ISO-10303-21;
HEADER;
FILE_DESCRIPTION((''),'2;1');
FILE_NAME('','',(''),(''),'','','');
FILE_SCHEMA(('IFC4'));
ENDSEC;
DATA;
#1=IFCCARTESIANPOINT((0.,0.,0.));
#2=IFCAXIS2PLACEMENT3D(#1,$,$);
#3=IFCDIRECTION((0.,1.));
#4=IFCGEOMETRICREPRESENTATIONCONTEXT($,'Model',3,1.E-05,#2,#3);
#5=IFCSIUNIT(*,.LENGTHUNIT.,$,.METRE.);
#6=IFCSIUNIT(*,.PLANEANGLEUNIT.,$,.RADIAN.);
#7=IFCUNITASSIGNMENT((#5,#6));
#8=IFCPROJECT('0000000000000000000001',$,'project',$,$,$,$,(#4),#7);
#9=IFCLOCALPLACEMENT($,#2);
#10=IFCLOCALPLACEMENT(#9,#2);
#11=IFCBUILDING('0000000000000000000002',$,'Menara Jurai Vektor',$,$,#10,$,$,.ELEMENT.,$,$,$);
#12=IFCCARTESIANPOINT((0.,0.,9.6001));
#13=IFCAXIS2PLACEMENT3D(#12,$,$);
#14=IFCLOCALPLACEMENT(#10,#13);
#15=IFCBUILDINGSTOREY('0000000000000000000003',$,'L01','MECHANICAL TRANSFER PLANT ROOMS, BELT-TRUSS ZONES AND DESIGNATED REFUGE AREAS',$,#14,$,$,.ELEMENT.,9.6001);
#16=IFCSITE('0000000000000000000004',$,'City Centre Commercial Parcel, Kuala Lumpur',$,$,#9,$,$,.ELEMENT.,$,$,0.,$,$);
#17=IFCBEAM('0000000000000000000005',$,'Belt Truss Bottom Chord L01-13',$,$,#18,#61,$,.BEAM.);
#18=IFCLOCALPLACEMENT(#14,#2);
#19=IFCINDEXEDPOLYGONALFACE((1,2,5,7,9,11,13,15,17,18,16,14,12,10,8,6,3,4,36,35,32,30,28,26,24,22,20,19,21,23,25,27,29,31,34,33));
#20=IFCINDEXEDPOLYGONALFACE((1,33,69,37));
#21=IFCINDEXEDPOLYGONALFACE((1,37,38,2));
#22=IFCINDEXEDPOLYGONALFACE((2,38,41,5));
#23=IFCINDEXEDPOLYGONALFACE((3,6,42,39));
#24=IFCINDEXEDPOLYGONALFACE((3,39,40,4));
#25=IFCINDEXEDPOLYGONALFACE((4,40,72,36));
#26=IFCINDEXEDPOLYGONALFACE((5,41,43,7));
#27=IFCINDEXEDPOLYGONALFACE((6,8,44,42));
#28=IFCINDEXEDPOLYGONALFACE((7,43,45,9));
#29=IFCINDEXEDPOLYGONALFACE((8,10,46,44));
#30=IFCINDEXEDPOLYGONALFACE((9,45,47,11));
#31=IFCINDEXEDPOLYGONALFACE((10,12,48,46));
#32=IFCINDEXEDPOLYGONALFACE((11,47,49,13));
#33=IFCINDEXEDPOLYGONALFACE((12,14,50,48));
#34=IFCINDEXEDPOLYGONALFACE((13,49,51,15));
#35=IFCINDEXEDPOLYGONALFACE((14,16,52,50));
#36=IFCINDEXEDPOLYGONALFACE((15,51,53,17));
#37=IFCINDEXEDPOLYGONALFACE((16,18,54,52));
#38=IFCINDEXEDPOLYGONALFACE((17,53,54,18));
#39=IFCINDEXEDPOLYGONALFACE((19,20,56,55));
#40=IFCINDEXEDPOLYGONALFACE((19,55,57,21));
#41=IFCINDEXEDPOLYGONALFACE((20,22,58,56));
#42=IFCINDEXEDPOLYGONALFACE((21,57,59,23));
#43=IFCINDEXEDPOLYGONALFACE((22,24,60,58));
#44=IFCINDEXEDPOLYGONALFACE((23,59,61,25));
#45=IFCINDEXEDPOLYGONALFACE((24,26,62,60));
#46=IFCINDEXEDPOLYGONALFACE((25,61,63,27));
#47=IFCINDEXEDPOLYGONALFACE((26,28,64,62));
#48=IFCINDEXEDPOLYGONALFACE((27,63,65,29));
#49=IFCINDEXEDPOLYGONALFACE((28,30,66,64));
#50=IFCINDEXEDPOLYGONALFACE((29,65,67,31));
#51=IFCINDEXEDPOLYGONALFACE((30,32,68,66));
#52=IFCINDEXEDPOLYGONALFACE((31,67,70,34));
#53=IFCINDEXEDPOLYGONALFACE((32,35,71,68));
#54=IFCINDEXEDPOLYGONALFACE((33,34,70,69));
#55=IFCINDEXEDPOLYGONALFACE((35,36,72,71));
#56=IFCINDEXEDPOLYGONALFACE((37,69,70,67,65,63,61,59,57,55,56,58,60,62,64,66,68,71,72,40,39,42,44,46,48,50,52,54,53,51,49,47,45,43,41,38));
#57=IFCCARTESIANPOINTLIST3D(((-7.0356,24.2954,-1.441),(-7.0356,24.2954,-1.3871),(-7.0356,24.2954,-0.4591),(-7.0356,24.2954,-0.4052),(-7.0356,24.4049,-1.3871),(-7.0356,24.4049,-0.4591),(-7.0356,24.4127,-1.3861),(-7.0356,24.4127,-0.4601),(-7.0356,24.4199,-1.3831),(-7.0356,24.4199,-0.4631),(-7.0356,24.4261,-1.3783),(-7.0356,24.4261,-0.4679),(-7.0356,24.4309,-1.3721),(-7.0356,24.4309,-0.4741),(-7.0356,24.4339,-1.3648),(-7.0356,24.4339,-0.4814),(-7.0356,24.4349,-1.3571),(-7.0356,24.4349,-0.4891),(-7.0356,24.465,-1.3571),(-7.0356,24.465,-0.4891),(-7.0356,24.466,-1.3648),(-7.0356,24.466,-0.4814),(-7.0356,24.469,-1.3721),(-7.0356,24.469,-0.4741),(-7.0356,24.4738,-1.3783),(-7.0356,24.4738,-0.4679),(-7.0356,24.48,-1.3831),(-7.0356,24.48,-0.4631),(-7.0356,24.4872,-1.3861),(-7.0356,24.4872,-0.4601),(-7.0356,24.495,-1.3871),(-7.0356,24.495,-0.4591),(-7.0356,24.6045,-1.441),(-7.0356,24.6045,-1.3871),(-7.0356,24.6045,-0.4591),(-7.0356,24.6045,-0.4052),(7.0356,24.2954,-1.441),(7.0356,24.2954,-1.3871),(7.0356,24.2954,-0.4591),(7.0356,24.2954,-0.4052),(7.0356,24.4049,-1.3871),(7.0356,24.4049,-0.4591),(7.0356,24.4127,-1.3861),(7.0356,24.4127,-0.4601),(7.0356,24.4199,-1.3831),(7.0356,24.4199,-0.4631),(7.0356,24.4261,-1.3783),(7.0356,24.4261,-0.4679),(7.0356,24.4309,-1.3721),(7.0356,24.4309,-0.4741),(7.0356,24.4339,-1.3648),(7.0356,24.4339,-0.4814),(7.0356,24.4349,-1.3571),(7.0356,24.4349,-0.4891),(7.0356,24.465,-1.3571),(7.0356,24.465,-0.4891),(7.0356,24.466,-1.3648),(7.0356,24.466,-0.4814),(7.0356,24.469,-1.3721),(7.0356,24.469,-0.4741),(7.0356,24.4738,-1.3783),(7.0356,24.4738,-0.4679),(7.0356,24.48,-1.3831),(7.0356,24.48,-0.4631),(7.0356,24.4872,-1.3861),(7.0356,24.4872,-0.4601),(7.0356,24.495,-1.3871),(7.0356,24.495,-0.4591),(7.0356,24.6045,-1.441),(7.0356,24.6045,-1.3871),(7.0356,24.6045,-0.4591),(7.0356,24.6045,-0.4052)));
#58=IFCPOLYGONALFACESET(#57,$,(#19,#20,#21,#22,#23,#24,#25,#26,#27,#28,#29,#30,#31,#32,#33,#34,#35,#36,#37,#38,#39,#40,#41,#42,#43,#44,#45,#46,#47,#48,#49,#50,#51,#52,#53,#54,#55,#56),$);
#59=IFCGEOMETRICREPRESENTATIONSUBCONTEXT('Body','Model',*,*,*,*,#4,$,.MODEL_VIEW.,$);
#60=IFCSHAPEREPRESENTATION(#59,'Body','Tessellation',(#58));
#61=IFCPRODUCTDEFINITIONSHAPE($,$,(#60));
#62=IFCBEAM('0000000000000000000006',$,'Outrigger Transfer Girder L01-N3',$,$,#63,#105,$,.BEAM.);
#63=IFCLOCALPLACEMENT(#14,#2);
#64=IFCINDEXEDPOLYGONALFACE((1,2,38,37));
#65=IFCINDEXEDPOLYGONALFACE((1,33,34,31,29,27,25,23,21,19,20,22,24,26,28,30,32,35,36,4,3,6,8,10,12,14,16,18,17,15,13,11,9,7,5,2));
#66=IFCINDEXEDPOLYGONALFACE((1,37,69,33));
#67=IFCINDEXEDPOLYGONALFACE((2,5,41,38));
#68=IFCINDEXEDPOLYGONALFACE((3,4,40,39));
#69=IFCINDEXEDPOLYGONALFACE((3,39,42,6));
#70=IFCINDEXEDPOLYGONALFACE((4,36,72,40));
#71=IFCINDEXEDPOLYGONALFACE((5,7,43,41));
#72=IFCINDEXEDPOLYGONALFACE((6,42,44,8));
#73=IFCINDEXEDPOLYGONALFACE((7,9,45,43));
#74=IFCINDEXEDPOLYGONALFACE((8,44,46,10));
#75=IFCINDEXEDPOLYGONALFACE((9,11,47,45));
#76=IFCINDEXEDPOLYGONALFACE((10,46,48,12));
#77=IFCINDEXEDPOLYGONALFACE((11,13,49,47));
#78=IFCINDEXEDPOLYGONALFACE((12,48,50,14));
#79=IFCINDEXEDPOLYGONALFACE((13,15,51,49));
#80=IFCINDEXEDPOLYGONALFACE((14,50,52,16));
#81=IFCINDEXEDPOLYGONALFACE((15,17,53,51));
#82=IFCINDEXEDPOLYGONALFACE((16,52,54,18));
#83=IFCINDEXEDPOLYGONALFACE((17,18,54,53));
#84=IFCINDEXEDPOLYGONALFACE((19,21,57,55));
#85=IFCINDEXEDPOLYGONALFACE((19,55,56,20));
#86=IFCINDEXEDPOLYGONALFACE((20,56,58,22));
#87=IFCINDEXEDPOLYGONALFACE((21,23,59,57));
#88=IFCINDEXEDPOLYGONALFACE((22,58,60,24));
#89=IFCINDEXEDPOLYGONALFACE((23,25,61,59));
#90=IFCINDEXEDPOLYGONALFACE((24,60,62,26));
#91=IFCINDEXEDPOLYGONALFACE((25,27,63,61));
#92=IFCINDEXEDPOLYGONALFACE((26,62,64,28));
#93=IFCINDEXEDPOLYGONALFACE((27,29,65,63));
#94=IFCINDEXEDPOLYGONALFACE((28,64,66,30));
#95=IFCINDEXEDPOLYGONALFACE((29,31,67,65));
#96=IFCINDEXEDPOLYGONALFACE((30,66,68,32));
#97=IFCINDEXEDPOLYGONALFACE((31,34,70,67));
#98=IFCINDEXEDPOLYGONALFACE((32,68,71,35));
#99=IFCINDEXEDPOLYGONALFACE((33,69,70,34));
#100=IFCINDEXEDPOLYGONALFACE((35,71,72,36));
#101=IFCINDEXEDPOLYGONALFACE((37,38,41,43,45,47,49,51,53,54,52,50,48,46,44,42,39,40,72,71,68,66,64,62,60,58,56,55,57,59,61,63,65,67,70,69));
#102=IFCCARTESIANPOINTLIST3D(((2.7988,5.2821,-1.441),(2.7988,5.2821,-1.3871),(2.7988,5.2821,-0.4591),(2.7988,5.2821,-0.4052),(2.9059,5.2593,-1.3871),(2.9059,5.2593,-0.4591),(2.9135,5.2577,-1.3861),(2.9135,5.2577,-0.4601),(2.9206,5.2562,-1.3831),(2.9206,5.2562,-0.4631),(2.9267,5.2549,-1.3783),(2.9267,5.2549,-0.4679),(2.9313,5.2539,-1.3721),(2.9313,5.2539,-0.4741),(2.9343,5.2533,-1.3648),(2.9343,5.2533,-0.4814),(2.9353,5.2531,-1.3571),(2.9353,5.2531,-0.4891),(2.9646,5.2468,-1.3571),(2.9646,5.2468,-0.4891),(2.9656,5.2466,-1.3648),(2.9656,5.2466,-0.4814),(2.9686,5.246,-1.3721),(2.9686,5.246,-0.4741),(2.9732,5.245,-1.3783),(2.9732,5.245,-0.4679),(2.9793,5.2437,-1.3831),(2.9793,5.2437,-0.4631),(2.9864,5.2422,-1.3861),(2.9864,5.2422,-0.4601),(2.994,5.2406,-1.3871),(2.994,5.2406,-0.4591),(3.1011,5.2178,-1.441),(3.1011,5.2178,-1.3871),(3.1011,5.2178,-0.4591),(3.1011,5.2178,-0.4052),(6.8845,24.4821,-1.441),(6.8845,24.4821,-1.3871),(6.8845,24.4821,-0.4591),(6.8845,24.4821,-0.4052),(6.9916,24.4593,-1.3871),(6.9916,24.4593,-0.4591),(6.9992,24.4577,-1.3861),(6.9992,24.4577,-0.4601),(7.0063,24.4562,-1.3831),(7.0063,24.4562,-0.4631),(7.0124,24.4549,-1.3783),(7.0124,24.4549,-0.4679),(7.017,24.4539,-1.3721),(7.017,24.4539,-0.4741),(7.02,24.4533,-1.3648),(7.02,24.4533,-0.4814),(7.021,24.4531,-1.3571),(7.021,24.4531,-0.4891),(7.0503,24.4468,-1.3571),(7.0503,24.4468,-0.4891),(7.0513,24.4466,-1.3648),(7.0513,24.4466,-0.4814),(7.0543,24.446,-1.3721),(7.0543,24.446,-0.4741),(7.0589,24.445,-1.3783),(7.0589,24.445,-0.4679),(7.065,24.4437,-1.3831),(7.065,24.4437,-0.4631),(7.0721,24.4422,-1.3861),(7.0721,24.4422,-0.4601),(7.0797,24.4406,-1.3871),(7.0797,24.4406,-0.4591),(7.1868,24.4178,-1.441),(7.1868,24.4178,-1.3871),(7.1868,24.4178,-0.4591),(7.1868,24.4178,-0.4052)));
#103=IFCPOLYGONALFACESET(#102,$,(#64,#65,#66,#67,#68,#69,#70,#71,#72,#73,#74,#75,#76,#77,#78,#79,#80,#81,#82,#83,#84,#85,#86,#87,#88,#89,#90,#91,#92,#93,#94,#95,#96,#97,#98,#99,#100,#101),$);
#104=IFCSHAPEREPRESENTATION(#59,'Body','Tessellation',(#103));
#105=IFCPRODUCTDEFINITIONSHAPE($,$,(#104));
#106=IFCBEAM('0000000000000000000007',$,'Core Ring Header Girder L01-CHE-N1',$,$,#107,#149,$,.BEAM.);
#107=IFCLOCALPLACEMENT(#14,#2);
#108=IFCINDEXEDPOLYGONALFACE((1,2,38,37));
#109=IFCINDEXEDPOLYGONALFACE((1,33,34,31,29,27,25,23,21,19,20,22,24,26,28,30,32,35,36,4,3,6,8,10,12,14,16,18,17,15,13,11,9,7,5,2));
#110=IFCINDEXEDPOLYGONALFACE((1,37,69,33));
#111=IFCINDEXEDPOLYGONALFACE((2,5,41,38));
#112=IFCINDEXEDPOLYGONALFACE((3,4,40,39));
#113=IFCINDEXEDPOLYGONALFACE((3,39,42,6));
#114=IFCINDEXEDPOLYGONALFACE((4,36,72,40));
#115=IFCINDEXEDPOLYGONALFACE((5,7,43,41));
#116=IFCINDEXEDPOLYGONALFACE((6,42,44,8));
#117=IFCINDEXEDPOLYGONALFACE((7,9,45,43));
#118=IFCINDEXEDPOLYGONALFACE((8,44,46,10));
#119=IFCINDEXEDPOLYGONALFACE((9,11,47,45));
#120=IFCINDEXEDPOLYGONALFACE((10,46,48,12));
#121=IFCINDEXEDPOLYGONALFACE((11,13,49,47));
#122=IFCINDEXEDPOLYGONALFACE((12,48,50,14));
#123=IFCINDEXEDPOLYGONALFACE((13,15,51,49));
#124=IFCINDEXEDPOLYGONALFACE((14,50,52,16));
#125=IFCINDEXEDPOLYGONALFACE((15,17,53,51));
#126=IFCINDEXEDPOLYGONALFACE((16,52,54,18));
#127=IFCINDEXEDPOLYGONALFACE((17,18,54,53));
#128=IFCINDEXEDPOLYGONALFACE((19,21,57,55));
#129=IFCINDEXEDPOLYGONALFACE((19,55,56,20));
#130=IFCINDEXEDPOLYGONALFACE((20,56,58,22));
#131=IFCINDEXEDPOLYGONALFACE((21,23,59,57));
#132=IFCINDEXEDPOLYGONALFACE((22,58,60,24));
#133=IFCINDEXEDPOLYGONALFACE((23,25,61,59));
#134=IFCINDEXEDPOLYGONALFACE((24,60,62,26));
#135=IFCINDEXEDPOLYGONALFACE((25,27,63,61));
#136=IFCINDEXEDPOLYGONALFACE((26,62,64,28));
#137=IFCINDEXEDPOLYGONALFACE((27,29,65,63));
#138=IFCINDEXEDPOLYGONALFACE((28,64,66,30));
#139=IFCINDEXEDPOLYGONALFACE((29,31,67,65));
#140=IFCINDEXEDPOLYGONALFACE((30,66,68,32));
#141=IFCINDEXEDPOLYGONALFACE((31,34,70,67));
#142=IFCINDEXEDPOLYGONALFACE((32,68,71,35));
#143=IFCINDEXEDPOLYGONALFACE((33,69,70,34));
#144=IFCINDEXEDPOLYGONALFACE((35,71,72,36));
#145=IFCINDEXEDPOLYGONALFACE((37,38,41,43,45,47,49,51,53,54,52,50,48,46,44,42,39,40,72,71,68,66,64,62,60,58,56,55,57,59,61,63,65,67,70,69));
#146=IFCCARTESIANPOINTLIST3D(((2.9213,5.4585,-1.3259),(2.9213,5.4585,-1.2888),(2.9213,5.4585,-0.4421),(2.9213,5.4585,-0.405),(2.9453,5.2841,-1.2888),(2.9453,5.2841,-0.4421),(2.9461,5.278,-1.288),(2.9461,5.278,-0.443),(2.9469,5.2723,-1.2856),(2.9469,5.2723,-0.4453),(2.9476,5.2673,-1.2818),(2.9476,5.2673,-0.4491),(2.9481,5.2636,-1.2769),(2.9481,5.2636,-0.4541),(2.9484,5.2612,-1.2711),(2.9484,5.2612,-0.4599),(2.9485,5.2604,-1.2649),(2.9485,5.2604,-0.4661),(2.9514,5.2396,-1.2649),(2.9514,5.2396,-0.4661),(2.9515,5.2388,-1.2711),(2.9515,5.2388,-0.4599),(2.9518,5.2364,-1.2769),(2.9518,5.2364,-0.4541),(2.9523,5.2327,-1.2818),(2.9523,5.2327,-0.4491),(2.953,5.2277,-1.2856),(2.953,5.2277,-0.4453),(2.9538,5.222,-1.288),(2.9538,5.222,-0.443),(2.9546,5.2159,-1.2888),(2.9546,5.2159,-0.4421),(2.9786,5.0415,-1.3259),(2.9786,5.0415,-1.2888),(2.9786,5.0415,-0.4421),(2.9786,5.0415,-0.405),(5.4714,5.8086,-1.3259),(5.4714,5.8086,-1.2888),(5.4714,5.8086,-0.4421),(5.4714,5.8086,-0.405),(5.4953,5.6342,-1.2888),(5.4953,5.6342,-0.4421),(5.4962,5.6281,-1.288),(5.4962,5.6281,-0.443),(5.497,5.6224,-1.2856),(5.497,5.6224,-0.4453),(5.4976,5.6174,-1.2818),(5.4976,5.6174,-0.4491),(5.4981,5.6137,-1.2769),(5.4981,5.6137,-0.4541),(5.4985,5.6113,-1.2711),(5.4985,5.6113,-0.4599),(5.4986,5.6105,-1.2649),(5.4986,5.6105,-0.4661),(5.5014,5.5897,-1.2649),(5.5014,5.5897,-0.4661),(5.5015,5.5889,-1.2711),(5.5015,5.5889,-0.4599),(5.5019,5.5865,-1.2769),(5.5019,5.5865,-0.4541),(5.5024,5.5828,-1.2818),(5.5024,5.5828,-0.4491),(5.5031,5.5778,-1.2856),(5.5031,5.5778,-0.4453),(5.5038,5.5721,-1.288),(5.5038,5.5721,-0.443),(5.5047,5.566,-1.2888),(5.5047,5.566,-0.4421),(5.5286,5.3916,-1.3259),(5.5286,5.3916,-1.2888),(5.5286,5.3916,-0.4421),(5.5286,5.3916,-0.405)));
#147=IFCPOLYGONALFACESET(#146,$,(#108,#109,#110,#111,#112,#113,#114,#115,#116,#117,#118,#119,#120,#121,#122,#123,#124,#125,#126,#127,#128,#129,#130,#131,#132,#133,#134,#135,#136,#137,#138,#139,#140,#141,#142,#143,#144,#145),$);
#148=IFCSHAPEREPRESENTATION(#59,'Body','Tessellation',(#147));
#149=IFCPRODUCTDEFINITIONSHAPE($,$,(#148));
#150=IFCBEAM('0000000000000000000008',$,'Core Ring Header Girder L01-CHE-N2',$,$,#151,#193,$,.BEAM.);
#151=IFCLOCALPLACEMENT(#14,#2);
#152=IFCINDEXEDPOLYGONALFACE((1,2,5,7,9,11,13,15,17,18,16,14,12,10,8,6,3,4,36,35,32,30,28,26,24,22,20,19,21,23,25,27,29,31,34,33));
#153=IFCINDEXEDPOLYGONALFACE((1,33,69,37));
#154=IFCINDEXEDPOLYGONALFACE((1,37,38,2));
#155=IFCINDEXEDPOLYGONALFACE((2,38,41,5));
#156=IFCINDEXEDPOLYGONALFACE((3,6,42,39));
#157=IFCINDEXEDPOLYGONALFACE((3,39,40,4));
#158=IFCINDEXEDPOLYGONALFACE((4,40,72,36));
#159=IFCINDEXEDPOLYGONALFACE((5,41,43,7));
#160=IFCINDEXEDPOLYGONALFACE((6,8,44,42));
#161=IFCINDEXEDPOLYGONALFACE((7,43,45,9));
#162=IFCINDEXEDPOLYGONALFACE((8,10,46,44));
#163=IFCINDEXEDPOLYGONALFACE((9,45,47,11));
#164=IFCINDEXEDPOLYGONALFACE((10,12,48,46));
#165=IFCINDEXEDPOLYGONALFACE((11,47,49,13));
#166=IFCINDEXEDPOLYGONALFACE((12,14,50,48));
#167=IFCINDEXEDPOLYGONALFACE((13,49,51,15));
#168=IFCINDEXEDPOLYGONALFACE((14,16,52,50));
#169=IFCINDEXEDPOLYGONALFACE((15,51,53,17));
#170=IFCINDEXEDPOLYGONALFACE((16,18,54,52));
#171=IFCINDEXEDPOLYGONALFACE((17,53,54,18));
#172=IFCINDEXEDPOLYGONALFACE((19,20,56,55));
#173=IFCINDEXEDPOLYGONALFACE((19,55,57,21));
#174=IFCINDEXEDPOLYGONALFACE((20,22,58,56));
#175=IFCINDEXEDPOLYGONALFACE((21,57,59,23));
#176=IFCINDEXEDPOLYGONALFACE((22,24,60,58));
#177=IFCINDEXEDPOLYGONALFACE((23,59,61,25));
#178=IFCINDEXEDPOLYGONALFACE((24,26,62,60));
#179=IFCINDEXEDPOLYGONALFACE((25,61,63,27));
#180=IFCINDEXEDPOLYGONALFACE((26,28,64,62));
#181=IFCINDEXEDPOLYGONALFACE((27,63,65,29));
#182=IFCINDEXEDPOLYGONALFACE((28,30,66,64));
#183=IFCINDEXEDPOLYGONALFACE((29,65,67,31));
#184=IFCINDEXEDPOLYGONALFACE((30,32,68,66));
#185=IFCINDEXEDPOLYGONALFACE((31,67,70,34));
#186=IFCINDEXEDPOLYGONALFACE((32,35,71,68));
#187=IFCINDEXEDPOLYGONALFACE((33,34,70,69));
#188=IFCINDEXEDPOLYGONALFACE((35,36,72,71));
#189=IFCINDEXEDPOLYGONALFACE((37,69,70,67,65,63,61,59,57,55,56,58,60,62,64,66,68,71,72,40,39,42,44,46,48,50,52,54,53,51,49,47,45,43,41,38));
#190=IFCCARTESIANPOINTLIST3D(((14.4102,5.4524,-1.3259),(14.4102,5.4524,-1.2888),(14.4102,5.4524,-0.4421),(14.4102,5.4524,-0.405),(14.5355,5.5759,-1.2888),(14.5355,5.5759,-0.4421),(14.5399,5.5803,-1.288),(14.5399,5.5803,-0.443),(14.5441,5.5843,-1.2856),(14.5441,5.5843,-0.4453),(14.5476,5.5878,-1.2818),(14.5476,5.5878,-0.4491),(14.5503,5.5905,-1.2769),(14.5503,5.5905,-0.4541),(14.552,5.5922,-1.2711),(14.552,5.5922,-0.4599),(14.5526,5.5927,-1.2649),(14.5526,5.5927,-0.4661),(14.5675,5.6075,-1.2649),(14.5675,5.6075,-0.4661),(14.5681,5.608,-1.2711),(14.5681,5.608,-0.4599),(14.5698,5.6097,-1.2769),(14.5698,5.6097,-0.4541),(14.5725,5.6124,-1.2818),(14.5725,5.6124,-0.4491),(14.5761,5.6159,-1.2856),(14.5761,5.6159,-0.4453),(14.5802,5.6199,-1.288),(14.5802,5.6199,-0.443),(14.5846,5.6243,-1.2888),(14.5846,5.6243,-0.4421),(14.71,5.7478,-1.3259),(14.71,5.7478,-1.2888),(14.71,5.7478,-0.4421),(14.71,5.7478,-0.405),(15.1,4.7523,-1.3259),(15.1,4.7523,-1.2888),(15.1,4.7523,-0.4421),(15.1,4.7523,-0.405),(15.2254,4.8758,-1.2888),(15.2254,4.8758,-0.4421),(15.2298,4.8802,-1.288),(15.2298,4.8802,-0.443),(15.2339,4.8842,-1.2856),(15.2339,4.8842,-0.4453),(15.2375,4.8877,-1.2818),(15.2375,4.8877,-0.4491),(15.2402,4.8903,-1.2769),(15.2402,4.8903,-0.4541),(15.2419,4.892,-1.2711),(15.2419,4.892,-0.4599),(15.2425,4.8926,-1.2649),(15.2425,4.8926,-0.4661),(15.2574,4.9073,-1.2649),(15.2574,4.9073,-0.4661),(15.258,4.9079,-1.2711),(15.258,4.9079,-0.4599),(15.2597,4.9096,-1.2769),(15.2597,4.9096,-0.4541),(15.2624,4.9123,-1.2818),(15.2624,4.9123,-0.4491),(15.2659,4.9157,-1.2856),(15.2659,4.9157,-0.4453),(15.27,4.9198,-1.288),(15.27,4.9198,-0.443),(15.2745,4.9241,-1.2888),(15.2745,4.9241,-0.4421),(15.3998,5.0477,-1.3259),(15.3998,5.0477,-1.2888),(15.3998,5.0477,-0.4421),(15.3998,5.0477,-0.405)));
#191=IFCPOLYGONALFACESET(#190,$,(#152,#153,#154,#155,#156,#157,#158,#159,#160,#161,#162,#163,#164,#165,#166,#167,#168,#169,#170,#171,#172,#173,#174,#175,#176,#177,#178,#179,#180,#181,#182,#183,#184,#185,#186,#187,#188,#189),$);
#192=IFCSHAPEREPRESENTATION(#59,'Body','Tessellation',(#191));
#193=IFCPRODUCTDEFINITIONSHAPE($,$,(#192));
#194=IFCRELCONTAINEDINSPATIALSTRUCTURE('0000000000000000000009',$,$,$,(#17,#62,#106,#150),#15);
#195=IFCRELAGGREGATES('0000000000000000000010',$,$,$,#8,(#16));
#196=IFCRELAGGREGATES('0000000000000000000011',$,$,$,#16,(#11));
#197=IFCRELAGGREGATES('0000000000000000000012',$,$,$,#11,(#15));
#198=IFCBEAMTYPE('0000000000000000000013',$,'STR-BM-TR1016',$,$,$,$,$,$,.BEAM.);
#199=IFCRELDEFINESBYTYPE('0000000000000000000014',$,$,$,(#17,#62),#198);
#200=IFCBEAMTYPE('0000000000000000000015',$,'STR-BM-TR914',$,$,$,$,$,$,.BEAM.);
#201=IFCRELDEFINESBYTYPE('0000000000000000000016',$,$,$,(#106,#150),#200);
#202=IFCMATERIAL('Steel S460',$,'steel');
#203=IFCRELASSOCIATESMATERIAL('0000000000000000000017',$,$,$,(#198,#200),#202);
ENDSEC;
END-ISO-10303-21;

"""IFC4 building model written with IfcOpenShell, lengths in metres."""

from ifc_helpers import new_model, si_unit, direction, frame, origin, origin_2d, place, context, subcontext, project, spatial, i_section, extrude, material, material_profile, profile_set, type_object, element, save


model = new_model("IFC4")

# Units and contexts
model_context = context("Model", 3, precision=1e-05, world=origin(), true_north=direction((0.0, 1.0)))
body_context = subcontext(model_context, "Body", "Model", "MODEL_VIEW")
ifc_project = project(units=[si_unit("LENGTHUNIT", "METRE"), si_unit("PLANEANGLEUNIT", "RADIAN")], contexts=[model_context])

# Site, building, storey
site_placement = place(None, origin())
site = spatial("IfcSite", under=ifc_project, at=site_placement, Name="City Centre Commercial Parcel, Kuala Lumpur", CompositionType="ELEMENT", RefElevation=0.0)
building_placement = place(site_placement, origin())
building = spatial("IfcBuilding", under=site, at=building_placement, Name="Menara Jurai Vektor", CompositionType="ELEMENT")
storey_placement = place(building_placement, frame((0.0, 0.0, 9.6001)))
storey = spatial("IfcBuildingStorey", under=building, at=storey_placement, Name="L01", Description="MECHANICAL TRANSFER PLANT ROOMS, BELT-TRUSS ZONES AND DESIGNATED REFUGE AREAS", CompositionType="ELEMENT", Elevation=9.6001)

# Shared definitions
ifc_material_1 = material(Name="Steel S460", Category="steel")

# Beams
ifc_material_profile_1 = material_profile(ifc_material_1, i_section(OverallWidth=0.3091, OverallDepth=1.0359, WebThickness=0.03, FlangeThickness=0.054, FilletRadius=0.03, at=origin_2d()), Name="UKB 1016x305x487")
ifc_profile_set_1 = profile_set([ifc_material_profile_1], Name="Steel S460")
beam_type_1 = type_object("IfcBeamType", Name="STR-BM-TR1016", PredefinedType="BEAM", material=ifc_profile_set_1)
beam_1_placement = place(storey_placement, frame((7.0356, 24.45, -0.9231), z_axis=(-1.0, 0.0, 0.0), x_axis=(0.0, -1.0, 0.0)))
element("IfcBeam", 1, at=beam_1_placement, inside=storey, type_object=beam_type_1, Name="Belt Truss Bottom Chord L01-13", PredefinedType="BEAM", context=body_context, shape_type="SweptSolid", body=[
    extrude(i_section(OverallWidth=0.3091, OverallDepth=1.0359, WebThickness=0.03, FlangeThickness=0.054, FilletRadius=0.03, at=origin_2d()), origin(), (0.0, 0.0, 1.0), 14.0713),
])
beam_2_placement = place(storey_placement, frame((7.0356, 24.45, -0.9231), z_axis=(-0.208137, -0.9781, 0.0), x_axis=(0.9781, -0.208137, 0.0)))
element("IfcBeam", 2, at=beam_2_placement, inside=storey, type_object=beam_type_1, Name="Outrigger Transfer Girder L01-N3", PredefinedType="BEAM", context=body_context, shape_type="SweptSolid", body=[
    extrude(i_section(OverallWidth=0.3091, OverallDepth=1.0359, WebThickness=0.03, FlangeThickness=0.054, FilletRadius=0.03, at=origin_2d()), origin(), (0.0, 0.0, 1.0), 19.6299),
])
ifc_material_profile_2 = material_profile(ifc_material_1, i_section(OverallWidth=0.4209, OverallDepth=0.9209, WebThickness=0.021, FlangeThickness=0.0371, FilletRadius=0.0239, at=origin_2d()), Name="UKB 914x419x388")
ifc_profile_set_2 = profile_set([ifc_material_profile_2], Name="Steel S460")
beam_type_2 = type_object("IfcBeamType", Name="STR-BM-TR914", PredefinedType="BEAM", material=ifc_profile_set_2)
beam_3_placement = place(storey_placement, frame((2.95, 5.25, -0.8655), z_axis=(0.990707, 0.136015, 0.0), x_axis=(-0.136015, 0.990707, 0.0)))
element("IfcBeam", 3, at=beam_3_placement, inside=storey, type_object=beam_type_2, Name="Core Ring Header Girder L01-CHE-N1", PredefinedType="BEAM", context=body_context, shape_type="SweptSolid", body=[
    extrude(i_section(OverallWidth=0.4209, OverallDepth=0.9209, WebThickness=0.021, FlangeThickness=0.0371, FilletRadius=0.0239, at=origin_2d()), origin(), (0.0, 0.0, 1.0), 2.574),
])
beam_4_placement = place(storey_placement, frame((14.5601, 5.6001, -0.8655), z_axis=(0.701872, -0.712303, 0.0), x_axis=(0.712303, 0.701872, 0.0)))
element("IfcBeam", 4, at=beam_4_placement, inside=storey, type_object=beam_type_2, Name="Core Ring Header Girder L01-CHE-N2", PredefinedType="BEAM", context=body_context, shape_type="SweptSolid", body=[
    extrude(i_section(OverallWidth=0.4209, OverallDepth=0.9209, WebThickness=0.021, FlangeThickness=0.0371, FilletRadius=0.0239, at=origin_2d()), origin(), (0.0, 0.0, 1.0), 0.9829),
])

save(model, "model.ifc")
